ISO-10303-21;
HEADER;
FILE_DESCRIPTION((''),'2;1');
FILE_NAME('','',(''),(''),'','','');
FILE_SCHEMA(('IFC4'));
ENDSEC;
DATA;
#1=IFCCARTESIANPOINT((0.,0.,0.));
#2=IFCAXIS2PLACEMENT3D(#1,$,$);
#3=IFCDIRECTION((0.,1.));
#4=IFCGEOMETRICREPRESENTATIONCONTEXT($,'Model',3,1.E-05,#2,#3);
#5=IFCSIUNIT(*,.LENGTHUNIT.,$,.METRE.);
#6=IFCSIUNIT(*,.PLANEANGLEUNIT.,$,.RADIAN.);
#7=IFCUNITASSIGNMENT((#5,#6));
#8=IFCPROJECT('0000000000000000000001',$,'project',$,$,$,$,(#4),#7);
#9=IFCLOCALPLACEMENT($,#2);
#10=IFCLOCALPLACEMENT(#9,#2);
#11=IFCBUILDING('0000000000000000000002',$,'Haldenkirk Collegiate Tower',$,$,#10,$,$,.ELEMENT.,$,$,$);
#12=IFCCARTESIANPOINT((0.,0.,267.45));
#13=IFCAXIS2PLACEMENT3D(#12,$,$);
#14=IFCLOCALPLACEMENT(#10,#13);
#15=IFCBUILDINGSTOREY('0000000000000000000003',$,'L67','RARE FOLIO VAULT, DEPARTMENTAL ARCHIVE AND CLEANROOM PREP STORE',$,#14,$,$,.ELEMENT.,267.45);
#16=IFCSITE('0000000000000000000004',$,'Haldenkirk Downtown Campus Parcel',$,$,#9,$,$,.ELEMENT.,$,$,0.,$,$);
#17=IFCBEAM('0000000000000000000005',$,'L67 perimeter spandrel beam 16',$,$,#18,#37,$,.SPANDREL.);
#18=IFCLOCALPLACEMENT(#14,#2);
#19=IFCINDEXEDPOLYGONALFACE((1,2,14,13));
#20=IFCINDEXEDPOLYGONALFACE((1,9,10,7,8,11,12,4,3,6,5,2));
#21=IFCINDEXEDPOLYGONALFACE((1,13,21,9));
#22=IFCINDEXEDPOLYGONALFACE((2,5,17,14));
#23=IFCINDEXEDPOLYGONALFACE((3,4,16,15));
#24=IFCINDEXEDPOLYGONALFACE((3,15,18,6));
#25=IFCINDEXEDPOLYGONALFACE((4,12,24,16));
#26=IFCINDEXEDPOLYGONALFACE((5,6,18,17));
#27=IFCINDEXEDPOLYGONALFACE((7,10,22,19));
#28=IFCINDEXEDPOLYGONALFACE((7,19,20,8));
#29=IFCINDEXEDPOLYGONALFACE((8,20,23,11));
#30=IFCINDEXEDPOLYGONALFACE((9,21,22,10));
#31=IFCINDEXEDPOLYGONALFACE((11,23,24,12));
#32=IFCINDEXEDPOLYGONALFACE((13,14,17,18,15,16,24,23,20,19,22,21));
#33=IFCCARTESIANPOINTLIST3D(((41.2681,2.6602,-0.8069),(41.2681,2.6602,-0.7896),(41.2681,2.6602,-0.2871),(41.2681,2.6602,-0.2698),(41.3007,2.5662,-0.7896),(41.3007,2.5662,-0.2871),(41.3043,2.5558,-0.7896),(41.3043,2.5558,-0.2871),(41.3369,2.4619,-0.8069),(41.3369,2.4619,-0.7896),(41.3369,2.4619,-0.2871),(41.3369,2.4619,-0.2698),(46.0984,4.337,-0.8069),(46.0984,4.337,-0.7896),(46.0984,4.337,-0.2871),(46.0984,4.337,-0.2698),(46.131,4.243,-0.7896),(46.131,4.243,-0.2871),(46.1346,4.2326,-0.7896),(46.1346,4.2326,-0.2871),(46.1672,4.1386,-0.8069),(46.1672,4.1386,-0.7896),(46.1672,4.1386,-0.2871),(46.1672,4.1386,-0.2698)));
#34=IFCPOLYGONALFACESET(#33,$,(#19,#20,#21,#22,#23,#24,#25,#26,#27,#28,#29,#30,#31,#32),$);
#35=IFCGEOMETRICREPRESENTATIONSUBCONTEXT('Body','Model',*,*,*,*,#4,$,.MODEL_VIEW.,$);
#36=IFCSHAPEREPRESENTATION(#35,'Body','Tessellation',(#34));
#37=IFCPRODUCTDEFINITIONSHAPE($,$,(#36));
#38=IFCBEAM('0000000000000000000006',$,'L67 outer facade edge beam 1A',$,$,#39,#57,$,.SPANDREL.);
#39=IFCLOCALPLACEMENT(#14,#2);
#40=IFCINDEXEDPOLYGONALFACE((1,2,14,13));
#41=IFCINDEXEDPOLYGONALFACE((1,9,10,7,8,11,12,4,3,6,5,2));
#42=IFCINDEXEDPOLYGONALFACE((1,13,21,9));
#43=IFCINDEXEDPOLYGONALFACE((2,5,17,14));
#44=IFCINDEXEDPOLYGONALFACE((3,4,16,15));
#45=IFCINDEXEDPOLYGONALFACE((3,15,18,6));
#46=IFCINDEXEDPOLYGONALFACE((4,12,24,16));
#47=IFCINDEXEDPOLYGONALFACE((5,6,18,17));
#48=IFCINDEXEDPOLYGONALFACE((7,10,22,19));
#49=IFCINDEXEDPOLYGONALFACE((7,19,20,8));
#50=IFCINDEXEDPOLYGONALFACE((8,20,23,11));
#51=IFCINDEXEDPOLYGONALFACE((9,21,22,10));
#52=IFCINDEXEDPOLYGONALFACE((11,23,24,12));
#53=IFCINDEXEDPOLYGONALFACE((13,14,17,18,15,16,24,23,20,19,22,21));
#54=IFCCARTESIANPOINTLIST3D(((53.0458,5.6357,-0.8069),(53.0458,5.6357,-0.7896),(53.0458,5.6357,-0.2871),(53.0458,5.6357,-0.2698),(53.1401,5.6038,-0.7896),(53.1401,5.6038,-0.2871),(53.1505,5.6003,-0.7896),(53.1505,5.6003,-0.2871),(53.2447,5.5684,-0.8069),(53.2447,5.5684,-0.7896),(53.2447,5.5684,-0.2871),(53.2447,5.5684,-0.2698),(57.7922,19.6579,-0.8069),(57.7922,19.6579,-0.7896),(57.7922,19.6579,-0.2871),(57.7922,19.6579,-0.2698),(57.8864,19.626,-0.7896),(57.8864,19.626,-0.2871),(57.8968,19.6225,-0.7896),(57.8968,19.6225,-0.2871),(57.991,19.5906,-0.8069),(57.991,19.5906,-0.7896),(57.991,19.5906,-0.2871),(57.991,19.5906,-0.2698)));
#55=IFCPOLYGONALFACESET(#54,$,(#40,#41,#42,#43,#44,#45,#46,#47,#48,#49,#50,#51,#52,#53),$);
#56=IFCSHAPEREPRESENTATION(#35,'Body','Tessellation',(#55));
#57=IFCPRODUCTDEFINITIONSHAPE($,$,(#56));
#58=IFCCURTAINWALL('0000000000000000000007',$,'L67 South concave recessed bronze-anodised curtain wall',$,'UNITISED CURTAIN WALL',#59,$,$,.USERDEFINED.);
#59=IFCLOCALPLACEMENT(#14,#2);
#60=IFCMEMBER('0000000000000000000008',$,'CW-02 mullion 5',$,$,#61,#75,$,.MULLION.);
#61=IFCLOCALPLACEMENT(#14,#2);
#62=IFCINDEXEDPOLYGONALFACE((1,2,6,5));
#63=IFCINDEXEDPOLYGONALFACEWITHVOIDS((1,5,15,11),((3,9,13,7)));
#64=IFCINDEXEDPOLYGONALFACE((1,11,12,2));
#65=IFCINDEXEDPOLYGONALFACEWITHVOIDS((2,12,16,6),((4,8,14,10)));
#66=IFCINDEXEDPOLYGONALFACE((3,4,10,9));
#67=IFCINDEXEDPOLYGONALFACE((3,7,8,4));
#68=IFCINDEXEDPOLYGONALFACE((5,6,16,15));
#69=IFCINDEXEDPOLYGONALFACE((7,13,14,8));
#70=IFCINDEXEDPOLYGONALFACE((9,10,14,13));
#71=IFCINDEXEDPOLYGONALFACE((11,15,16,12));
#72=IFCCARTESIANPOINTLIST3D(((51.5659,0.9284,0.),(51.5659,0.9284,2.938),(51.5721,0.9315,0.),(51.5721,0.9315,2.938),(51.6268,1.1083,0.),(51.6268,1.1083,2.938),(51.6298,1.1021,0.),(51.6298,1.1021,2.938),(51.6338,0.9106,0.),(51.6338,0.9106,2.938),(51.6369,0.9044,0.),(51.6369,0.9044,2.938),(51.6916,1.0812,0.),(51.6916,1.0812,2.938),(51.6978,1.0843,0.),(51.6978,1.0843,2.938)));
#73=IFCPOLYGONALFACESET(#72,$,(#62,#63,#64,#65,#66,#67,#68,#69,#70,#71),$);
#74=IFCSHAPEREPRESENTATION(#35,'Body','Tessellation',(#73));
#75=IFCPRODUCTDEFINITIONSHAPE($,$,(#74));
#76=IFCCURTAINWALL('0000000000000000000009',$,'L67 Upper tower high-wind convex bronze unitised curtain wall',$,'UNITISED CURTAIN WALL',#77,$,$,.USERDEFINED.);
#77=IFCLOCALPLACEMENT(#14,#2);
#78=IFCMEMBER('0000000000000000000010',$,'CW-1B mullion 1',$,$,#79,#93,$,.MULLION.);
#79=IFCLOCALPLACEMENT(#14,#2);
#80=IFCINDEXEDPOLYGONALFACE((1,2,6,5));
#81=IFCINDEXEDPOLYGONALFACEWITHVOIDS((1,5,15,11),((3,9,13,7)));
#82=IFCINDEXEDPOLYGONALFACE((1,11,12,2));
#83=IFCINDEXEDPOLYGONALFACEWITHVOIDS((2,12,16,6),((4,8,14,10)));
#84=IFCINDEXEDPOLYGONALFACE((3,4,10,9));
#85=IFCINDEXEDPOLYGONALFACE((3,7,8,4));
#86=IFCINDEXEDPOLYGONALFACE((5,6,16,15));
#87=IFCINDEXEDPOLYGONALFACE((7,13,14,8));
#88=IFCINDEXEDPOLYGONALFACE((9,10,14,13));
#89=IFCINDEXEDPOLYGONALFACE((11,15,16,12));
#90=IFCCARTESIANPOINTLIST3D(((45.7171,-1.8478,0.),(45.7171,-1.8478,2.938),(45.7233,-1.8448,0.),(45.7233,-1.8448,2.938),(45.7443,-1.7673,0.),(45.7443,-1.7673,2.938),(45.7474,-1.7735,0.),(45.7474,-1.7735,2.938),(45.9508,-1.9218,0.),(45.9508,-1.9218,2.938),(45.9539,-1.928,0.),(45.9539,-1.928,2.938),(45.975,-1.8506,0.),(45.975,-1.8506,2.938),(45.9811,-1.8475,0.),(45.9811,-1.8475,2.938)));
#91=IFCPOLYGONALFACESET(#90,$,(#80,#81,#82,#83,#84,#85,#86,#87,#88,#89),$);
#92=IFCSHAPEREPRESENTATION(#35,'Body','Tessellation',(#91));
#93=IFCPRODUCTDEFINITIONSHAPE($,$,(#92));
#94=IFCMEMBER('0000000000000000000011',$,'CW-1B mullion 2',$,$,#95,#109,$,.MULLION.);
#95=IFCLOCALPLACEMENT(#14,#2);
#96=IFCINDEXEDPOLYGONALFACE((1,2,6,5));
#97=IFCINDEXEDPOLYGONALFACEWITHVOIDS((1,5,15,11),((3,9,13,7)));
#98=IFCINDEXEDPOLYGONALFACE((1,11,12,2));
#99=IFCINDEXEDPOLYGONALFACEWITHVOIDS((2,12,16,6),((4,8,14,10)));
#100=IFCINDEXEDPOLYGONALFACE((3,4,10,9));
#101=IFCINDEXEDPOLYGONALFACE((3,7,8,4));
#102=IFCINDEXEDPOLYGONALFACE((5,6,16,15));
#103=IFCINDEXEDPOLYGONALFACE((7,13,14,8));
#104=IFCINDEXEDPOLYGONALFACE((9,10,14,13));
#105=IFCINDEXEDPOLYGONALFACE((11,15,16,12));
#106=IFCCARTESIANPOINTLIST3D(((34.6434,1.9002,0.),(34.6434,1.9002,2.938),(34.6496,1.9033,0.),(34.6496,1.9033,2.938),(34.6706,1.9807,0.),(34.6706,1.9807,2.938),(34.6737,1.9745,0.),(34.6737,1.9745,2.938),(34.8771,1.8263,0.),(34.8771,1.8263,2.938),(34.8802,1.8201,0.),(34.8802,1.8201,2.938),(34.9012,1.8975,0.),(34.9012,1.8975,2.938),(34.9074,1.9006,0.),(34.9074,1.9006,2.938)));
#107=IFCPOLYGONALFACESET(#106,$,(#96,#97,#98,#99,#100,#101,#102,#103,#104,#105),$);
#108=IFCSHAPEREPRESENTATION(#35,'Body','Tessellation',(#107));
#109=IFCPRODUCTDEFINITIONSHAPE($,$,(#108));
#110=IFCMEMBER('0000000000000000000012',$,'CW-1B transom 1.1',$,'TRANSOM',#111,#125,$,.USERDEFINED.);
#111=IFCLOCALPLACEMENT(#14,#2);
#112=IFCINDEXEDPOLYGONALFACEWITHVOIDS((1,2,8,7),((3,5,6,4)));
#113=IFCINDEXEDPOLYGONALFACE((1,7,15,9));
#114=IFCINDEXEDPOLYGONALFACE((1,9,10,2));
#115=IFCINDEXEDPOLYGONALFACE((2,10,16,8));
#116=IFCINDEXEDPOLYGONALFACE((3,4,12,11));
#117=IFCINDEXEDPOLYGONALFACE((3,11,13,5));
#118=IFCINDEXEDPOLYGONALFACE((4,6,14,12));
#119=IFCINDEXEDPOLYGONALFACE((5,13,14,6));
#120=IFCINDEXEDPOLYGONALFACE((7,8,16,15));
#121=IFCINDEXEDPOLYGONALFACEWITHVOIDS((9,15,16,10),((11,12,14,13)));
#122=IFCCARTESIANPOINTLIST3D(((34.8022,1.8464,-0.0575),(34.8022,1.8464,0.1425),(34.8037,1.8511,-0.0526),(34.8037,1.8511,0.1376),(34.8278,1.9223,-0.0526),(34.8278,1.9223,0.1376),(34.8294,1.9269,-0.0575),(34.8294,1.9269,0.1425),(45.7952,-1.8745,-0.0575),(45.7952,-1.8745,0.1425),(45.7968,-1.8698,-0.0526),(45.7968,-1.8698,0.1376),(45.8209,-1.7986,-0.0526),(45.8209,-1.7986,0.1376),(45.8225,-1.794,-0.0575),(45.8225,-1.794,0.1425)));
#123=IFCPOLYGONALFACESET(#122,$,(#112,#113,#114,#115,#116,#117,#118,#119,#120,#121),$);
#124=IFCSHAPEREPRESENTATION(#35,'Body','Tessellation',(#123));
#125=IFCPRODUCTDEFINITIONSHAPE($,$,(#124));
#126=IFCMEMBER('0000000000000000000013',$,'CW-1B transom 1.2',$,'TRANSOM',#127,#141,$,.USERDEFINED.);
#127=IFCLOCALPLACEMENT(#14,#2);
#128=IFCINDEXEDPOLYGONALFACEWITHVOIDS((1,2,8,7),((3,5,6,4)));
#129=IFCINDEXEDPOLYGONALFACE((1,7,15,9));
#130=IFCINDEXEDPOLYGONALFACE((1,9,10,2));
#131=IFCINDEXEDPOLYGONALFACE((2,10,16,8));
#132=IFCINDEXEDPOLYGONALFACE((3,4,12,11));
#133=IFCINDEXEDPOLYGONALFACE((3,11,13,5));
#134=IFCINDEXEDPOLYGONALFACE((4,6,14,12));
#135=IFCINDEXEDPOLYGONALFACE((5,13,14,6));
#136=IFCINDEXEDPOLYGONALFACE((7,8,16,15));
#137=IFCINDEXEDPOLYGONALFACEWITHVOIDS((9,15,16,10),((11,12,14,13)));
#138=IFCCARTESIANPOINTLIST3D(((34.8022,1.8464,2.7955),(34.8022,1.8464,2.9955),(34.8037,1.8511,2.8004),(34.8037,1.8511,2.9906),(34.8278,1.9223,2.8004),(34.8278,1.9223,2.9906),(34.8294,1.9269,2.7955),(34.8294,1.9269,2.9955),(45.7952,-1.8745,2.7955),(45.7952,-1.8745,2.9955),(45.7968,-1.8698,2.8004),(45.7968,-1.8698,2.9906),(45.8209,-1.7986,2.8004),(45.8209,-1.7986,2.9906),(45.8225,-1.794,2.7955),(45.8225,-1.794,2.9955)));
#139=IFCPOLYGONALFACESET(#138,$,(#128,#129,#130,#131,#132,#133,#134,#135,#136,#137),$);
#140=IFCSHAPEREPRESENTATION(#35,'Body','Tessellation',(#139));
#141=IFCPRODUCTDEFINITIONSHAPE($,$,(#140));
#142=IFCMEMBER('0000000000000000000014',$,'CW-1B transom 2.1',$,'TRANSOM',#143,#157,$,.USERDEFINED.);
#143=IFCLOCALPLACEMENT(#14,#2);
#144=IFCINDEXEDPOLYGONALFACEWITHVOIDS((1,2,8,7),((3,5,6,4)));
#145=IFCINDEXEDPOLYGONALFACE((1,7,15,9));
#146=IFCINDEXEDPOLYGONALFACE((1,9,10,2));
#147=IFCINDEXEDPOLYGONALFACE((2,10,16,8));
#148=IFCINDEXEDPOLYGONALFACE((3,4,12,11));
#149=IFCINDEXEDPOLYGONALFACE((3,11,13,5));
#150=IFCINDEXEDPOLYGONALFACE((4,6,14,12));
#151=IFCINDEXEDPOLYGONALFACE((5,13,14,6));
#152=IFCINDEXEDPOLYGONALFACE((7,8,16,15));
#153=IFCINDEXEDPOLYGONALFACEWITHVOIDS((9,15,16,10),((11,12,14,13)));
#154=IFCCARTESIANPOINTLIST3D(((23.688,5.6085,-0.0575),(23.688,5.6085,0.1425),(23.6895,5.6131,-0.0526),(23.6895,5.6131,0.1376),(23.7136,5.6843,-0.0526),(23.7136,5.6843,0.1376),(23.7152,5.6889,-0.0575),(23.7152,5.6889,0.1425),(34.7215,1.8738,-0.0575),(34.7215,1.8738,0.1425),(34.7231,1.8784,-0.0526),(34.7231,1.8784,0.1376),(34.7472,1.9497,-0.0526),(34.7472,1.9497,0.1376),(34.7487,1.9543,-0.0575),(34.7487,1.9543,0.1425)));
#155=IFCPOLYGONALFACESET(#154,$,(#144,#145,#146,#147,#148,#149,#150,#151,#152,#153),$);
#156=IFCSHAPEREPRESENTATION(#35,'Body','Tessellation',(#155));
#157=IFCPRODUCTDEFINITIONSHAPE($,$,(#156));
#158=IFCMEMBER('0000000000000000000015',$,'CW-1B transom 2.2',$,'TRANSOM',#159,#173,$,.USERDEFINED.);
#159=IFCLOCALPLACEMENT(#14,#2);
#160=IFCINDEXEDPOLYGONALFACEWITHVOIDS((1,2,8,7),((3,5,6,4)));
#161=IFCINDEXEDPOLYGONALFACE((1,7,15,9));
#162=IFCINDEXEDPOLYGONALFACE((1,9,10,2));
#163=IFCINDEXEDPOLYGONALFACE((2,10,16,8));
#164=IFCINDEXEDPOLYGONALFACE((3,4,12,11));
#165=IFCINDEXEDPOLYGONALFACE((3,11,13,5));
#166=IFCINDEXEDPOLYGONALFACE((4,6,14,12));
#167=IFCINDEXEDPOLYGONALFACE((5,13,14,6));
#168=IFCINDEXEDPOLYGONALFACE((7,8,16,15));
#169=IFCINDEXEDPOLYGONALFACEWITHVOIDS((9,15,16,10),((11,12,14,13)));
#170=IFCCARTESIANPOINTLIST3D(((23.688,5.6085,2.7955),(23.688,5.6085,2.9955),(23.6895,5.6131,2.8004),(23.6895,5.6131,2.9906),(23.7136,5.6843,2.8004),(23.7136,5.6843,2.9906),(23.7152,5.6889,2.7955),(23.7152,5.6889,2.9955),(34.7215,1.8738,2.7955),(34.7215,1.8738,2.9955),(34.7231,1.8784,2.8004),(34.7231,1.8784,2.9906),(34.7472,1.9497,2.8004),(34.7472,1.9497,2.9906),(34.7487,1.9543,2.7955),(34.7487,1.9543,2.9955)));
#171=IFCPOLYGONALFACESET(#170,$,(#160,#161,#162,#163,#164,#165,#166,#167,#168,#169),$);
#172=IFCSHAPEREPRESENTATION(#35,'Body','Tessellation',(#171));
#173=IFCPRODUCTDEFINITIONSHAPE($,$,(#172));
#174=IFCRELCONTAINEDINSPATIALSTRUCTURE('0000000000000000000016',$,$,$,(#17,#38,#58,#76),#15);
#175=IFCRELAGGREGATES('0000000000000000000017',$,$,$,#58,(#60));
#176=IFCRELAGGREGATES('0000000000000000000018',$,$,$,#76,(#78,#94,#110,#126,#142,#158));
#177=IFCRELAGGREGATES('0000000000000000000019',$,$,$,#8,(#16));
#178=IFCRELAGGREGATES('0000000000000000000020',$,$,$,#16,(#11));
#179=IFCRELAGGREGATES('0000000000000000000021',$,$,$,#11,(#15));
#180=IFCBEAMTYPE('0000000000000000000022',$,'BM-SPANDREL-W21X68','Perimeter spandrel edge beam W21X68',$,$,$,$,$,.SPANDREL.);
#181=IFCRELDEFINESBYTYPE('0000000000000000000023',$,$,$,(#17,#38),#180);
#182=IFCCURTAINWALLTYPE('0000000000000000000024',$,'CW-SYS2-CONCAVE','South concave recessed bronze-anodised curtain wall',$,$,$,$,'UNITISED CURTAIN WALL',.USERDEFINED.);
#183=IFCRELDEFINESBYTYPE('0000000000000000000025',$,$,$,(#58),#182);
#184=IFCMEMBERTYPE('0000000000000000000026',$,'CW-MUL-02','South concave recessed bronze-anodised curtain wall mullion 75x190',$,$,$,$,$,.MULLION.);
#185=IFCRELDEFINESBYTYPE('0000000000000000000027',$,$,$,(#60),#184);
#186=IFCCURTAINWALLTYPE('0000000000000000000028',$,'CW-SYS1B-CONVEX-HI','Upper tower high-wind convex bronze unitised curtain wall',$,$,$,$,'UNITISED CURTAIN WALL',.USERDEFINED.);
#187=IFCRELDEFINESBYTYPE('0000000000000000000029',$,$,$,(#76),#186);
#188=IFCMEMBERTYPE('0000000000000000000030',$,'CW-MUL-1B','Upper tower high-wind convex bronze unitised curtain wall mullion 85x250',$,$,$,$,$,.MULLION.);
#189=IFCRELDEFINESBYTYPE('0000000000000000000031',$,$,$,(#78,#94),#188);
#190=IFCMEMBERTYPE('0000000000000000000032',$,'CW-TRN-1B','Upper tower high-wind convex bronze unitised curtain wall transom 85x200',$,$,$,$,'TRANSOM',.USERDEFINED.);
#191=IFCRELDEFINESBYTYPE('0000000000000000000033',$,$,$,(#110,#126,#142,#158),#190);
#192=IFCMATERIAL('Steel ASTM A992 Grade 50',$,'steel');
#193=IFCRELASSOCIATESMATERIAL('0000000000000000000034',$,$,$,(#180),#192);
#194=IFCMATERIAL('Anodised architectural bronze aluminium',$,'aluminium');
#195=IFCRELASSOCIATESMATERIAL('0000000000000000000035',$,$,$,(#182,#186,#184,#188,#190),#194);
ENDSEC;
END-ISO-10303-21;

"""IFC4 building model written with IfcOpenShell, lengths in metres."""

from ifc_helpers import new_model, si_unit, direction, frame, origin, origin_2d, place, context, subcontext, project, spatial, hollow_rectangle, i_section, extrude, material, material_profile, profile_set, type_object, element, aggregate, save


model = new_model("IFC4")

# Units and contexts
model_context = context("Model", 3, precision=1e-05, world=origin(), true_north=direction((0.0, 1.0)))
body_context = subcontext(model_context, "Body", "Model", "MODEL_VIEW")
ifc_project = project(units=[si_unit("LENGTHUNIT", "METRE"), si_unit("PLANEANGLEUNIT", "RADIAN")], contexts=[model_context])

# Site, building, storey
site_placement = place(None, origin())
site = spatial("IfcSite", under=ifc_project, at=site_placement, Name="Haldenkirk Downtown Campus Parcel", CompositionType="ELEMENT", RefElevation=0.0)
building_placement = place(site_placement, origin())
building = spatial("IfcBuilding", under=site, at=building_placement, Name="Haldenkirk Collegiate Tower", CompositionType="ELEMENT")
storey_placement = place(building_placement, frame((0.0, 0.0, 267.45)))
storey = spatial("IfcBuildingStorey", under=building, at=storey_placement, Name="L67", Description="RARE FOLIO VAULT, DEPARTMENTAL ARCHIVE AND CLEANROOM PREP STORE", CompositionType="ELEMENT", Elevation=267.45)

# Beams
ifc_material_1 = material(Name="Steel ASTM A992 Grade 50", Category="steel")
ifc_material_profile_1 = material_profile(ifc_material_1, i_section(OverallWidth=0.21, OverallDepth=0.5371, WebThickness=0.011, FlangeThickness=0.0173, at=origin_2d()), Name="W21X68")
ifc_profile_set_1 = profile_set([ifc_material_profile_1], Name="Steel ASTM A992 Grade 50")
beam_type_1 = type_object("IfcBeamType", Name="BM-SPANDREL-W21X68", Description="Perimeter spandrel edge beam W21X68", PredefinedType="SPANDREL", material=ifc_profile_set_1)
beam_1_placement = place(storey_placement, frame((41.3025, 2.561, -0.5383), z_axis=(0.9447, 0.327935, 0.0), x_axis=(-0.327935, 0.9447, 0.0)))
element("IfcBeam", 1, at=beam_1_placement, inside=storey, type_object=beam_type_1, Name="L67 perimeter spandrel beam 16", PredefinedType="SPANDREL", context=body_context, shape_type="SweptSolid", body=[
    extrude(i_section(OverallWidth=0.21, OverallDepth=0.5371, WebThickness=0.011, FlangeThickness=0.0173, at=origin_2d()), origin(), (0.0, 0.0, 1.0), 5.113),
])
beam_2_placement = place(storey_placement, frame((53.1453, 5.6021, -0.5383), z_axis=(0.320618, 0.947209, 0.0), x_axis=(-0.947209, 0.320618, 0.0)))
element("IfcBeam", 2, at=beam_2_placement, inside=storey, type_object=beam_type_1, Name="L67 outer facade edge beam 1A", PredefinedType="SPANDREL", context=body_context, shape_type="SweptSolid", body=[
    extrude(i_section(OverallWidth=0.21, OverallDepth=0.5371, WebThickness=0.011, FlangeThickness=0.0173, at=origin_2d()), origin(), (0.0, 0.0, 1.0), 14.8037),
])

# Curtain wall, member
ifc_material_2 = material(Name="Anodised architectural bronze aluminium", Category="aluminium")
curtain_wall_type_1 = type_object("IfcCurtainWallType", Name="CW-SYS2-CONCAVE", Description="South concave recessed bronze-anodised curtain wall", ElementType="UNITISED CURTAIN WALL", PredefinedType="USERDEFINED", material=ifc_material_2)
curtain_wall_1_placement = place(storey_placement, origin())
curtain_wall_1 = element("IfcCurtainWall", 3, at=curtain_wall_1_placement, inside=storey, type_object=curtain_wall_type_1, Name="L67 South concave recessed bronze-anodised curtain wall", ObjectType="UNITISED CURTAIN WALL", PredefinedType="USERDEFINED")
ifc_material_profile_2 = material_profile(ifc_material_2, hollow_rectangle(XDim=0.075, YDim=0.1899, WallThickness=0.0049, at=origin_2d()), Name="CW-MUL-02")
ifc_profile_set_2 = profile_set([ifc_material_profile_2], Name="Anodised architectural bronze aluminium")
member_type_1 = type_object("IfcMemberType", Name="CW-MUL-02", Description="South concave recessed bronze-anodised curtain wall mullion 75x190", PredefinedType="MULLION", material=ifc_profile_set_2)
member_1_placement = place(storey_placement, frame((51.6318, 1.0063, 0.0), z_axis=(0.0, 0.0, 1.0), x_axis=(0.94721, -0.320613, 0.0)))
member_1 = element("IfcMember", 4, at=member_1_placement, type_object=member_type_1, Name="CW-02 mullion 5", PredefinedType="MULLION", context=body_context, shape_type="SweptSolid", body=[
    extrude(hollow_rectangle(XDim=0.075, YDim=0.1899, WallThickness=0.0049, at=origin_2d()), origin(), (0.0, 0.0, 1.0), 2.938),
])

# Curtain wall, members
curtain_wall_type_2 = type_object("IfcCurtainWallType", Name="CW-SYS1B-CONVEX-HI", Description="Upper tower high-wind convex bronze unitised curtain wall", ElementType="UNITISED CURTAIN WALL", PredefinedType="USERDEFINED", material=ifc_material_2)
curtain_wall_2_placement = place(storey_placement, origin())
curtain_wall_2 = element("IfcCurtainWall", 5, at=curtain_wall_2_placement, inside=storey, type_object=curtain_wall_type_2, Name="L67 Upper tower high-wind convex bronze unitised curtain wall", ObjectType="UNITISED CURTAIN WALL", PredefinedType="USERDEFINED")
ifc_material_profile_3 = material_profile(ifc_material_2, hollow_rectangle(XDim=0.085, YDim=0.25, WallThickness=0.0049, at=origin_2d()), Name="CW-MUL-1B")
ifc_profile_set_3 = profile_set([ifc_material_profile_3], Name="Anodised architectural bronze aluminium")
member_type_2 = type_object("IfcMemberType", Name="CW-MUL-1B", Description="Upper tower high-wind convex bronze unitised curtain wall mullion 85x250", PredefinedType="MULLION", material=ifc_profile_set_3)
member_2_placement = place(storey_placement, frame((45.8491, -1.8477, 0.0), z_axis=(0.0, 0.0, 1.0), x_axis=(-0.320611, -0.947211, 0.0)))
member_2 = element("IfcMember", 6, at=member_2_placement, type_object=member_type_2, Name="CW-1B mullion 1", PredefinedType="MULLION", context=body_context, shape_type="SweptSolid", body=[
    extrude(hollow_rectangle(XDim=0.085, YDim=0.25, WallThickness=0.0049, at=origin_2d()), origin(), (0.0, 0.0, 1.0), 2.938),
])
member_3_placement = place(storey_placement, frame((34.7754, 1.9004, 0.0), z_axis=(0.0, 0.0, 1.0), x_axis=(-0.320611, -0.947211, 0.0)))
member_3 = element("IfcMember", 7, at=member_3_placement, type_object=member_type_2, Name="CW-1B mullion 2", PredefinedType="MULLION", context=body_context, shape_type="SweptSolid", body=[
    extrude(hollow_rectangle(XDim=0.085, YDim=0.25, WallThickness=0.0049, at=origin_2d()), origin(), (0.0, 0.0, 1.0), 2.938),
])
ifc_material_profile_4 = material_profile(ifc_material_2, hollow_rectangle(XDim=0.085, YDim=0.2, WallThickness=0.0049, at=origin_2d()), Name="CW-TRN-1B")
ifc_profile_set_4 = profile_set([ifc_material_profile_4], Name="Anodised architectural bronze aluminium")
member_type_3 = type_object("IfcMemberType", Name="CW-TRN-1B", Description="Upper tower high-wind convex bronze unitised curtain wall transom 85x200", ElementType="TRANSOM", PredefinedType="USERDEFINED", material=ifc_profile_set_4)
member_4_placement = place(storey_placement, frame((45.8088, -1.8342, 0.0425), z_axis=(-0.947211, 0.32061, 0.0), x_axis=(-0.32061, -0.947211, 0.0)))
member_4 = element("IfcMember", 8, at=member_4_placement, type_object=member_type_3, Name="CW-1B transom 1.1", ObjectType="TRANSOM", PredefinedType="USERDEFINED", context=body_context, shape_type="SweptSolid", body=[
    extrude(hollow_rectangle(XDim=0.085, YDim=0.2, WallThickness=0.0049, at=origin_2d()), origin(), (0.0, 0.0, 1.0), 11.6057),
])
member_5_placement = place(storey_placement, frame((45.8088, -1.8342, 2.8955), z_axis=(-0.947211, 0.32061, 0.0), x_axis=(-0.32061, -0.947211, 0.0)))
member_5 = element("IfcMember", 9, at=member_5_placement, type_object=member_type_3, Name="CW-1B transom 1.2", ObjectType="TRANSOM", PredefinedType="USERDEFINED", context=body_context, shape_type="SweptSolid", body=[
    extrude(hollow_rectangle(XDim=0.085, YDim=0.2, WallThickness=0.0049, at=origin_2d()), origin(), (0.0, 0.0, 1.0), 11.6057),
])
member_6_placement = place(storey_placement, frame((34.7351, 1.9141, 0.0425), z_axis=(-0.94721, 0.320613, 0.0), x_axis=(-0.320613, -0.94721, 0.0)))
member_6 = element("IfcMember", 10, at=member_6_placement, type_object=member_type_3, Name="CW-1B transom 2.1", ObjectType="TRANSOM", PredefinedType="USERDEFINED", context=body_context, shape_type="SweptSolid", body=[
    extrude(hollow_rectangle(XDim=0.085, YDim=0.2, WallThickness=0.0049, at=origin_2d()), origin(), (0.0, 0.0, 1.0), 11.6484),
])
member_7_placement = place(storey_placement, frame((34.7351, 1.9141, 2.8955), z_axis=(-0.94721, 0.320613, 0.0), x_axis=(-0.320613, -0.94721, 0.0)))
member_7 = element("IfcMember", 11, at=member_7_placement, type_object=member_type_3, Name="CW-1B transom 2.2", ObjectType="TRANSOM", PredefinedType="USERDEFINED", context=body_context, shape_type="SweptSolid", body=[
    extrude(hollow_rectangle(XDim=0.085, YDim=0.2, WallThickness=0.0049, at=origin_2d()), origin(), (0.0, 0.0, 1.0), 11.6484),
])

aggregate(curtain_wall_1, [member_1])
aggregate(curtain_wall_2, [member_2, member_3, member_4, member_5, member_6, member_7])

save(model, "model.ifc")
